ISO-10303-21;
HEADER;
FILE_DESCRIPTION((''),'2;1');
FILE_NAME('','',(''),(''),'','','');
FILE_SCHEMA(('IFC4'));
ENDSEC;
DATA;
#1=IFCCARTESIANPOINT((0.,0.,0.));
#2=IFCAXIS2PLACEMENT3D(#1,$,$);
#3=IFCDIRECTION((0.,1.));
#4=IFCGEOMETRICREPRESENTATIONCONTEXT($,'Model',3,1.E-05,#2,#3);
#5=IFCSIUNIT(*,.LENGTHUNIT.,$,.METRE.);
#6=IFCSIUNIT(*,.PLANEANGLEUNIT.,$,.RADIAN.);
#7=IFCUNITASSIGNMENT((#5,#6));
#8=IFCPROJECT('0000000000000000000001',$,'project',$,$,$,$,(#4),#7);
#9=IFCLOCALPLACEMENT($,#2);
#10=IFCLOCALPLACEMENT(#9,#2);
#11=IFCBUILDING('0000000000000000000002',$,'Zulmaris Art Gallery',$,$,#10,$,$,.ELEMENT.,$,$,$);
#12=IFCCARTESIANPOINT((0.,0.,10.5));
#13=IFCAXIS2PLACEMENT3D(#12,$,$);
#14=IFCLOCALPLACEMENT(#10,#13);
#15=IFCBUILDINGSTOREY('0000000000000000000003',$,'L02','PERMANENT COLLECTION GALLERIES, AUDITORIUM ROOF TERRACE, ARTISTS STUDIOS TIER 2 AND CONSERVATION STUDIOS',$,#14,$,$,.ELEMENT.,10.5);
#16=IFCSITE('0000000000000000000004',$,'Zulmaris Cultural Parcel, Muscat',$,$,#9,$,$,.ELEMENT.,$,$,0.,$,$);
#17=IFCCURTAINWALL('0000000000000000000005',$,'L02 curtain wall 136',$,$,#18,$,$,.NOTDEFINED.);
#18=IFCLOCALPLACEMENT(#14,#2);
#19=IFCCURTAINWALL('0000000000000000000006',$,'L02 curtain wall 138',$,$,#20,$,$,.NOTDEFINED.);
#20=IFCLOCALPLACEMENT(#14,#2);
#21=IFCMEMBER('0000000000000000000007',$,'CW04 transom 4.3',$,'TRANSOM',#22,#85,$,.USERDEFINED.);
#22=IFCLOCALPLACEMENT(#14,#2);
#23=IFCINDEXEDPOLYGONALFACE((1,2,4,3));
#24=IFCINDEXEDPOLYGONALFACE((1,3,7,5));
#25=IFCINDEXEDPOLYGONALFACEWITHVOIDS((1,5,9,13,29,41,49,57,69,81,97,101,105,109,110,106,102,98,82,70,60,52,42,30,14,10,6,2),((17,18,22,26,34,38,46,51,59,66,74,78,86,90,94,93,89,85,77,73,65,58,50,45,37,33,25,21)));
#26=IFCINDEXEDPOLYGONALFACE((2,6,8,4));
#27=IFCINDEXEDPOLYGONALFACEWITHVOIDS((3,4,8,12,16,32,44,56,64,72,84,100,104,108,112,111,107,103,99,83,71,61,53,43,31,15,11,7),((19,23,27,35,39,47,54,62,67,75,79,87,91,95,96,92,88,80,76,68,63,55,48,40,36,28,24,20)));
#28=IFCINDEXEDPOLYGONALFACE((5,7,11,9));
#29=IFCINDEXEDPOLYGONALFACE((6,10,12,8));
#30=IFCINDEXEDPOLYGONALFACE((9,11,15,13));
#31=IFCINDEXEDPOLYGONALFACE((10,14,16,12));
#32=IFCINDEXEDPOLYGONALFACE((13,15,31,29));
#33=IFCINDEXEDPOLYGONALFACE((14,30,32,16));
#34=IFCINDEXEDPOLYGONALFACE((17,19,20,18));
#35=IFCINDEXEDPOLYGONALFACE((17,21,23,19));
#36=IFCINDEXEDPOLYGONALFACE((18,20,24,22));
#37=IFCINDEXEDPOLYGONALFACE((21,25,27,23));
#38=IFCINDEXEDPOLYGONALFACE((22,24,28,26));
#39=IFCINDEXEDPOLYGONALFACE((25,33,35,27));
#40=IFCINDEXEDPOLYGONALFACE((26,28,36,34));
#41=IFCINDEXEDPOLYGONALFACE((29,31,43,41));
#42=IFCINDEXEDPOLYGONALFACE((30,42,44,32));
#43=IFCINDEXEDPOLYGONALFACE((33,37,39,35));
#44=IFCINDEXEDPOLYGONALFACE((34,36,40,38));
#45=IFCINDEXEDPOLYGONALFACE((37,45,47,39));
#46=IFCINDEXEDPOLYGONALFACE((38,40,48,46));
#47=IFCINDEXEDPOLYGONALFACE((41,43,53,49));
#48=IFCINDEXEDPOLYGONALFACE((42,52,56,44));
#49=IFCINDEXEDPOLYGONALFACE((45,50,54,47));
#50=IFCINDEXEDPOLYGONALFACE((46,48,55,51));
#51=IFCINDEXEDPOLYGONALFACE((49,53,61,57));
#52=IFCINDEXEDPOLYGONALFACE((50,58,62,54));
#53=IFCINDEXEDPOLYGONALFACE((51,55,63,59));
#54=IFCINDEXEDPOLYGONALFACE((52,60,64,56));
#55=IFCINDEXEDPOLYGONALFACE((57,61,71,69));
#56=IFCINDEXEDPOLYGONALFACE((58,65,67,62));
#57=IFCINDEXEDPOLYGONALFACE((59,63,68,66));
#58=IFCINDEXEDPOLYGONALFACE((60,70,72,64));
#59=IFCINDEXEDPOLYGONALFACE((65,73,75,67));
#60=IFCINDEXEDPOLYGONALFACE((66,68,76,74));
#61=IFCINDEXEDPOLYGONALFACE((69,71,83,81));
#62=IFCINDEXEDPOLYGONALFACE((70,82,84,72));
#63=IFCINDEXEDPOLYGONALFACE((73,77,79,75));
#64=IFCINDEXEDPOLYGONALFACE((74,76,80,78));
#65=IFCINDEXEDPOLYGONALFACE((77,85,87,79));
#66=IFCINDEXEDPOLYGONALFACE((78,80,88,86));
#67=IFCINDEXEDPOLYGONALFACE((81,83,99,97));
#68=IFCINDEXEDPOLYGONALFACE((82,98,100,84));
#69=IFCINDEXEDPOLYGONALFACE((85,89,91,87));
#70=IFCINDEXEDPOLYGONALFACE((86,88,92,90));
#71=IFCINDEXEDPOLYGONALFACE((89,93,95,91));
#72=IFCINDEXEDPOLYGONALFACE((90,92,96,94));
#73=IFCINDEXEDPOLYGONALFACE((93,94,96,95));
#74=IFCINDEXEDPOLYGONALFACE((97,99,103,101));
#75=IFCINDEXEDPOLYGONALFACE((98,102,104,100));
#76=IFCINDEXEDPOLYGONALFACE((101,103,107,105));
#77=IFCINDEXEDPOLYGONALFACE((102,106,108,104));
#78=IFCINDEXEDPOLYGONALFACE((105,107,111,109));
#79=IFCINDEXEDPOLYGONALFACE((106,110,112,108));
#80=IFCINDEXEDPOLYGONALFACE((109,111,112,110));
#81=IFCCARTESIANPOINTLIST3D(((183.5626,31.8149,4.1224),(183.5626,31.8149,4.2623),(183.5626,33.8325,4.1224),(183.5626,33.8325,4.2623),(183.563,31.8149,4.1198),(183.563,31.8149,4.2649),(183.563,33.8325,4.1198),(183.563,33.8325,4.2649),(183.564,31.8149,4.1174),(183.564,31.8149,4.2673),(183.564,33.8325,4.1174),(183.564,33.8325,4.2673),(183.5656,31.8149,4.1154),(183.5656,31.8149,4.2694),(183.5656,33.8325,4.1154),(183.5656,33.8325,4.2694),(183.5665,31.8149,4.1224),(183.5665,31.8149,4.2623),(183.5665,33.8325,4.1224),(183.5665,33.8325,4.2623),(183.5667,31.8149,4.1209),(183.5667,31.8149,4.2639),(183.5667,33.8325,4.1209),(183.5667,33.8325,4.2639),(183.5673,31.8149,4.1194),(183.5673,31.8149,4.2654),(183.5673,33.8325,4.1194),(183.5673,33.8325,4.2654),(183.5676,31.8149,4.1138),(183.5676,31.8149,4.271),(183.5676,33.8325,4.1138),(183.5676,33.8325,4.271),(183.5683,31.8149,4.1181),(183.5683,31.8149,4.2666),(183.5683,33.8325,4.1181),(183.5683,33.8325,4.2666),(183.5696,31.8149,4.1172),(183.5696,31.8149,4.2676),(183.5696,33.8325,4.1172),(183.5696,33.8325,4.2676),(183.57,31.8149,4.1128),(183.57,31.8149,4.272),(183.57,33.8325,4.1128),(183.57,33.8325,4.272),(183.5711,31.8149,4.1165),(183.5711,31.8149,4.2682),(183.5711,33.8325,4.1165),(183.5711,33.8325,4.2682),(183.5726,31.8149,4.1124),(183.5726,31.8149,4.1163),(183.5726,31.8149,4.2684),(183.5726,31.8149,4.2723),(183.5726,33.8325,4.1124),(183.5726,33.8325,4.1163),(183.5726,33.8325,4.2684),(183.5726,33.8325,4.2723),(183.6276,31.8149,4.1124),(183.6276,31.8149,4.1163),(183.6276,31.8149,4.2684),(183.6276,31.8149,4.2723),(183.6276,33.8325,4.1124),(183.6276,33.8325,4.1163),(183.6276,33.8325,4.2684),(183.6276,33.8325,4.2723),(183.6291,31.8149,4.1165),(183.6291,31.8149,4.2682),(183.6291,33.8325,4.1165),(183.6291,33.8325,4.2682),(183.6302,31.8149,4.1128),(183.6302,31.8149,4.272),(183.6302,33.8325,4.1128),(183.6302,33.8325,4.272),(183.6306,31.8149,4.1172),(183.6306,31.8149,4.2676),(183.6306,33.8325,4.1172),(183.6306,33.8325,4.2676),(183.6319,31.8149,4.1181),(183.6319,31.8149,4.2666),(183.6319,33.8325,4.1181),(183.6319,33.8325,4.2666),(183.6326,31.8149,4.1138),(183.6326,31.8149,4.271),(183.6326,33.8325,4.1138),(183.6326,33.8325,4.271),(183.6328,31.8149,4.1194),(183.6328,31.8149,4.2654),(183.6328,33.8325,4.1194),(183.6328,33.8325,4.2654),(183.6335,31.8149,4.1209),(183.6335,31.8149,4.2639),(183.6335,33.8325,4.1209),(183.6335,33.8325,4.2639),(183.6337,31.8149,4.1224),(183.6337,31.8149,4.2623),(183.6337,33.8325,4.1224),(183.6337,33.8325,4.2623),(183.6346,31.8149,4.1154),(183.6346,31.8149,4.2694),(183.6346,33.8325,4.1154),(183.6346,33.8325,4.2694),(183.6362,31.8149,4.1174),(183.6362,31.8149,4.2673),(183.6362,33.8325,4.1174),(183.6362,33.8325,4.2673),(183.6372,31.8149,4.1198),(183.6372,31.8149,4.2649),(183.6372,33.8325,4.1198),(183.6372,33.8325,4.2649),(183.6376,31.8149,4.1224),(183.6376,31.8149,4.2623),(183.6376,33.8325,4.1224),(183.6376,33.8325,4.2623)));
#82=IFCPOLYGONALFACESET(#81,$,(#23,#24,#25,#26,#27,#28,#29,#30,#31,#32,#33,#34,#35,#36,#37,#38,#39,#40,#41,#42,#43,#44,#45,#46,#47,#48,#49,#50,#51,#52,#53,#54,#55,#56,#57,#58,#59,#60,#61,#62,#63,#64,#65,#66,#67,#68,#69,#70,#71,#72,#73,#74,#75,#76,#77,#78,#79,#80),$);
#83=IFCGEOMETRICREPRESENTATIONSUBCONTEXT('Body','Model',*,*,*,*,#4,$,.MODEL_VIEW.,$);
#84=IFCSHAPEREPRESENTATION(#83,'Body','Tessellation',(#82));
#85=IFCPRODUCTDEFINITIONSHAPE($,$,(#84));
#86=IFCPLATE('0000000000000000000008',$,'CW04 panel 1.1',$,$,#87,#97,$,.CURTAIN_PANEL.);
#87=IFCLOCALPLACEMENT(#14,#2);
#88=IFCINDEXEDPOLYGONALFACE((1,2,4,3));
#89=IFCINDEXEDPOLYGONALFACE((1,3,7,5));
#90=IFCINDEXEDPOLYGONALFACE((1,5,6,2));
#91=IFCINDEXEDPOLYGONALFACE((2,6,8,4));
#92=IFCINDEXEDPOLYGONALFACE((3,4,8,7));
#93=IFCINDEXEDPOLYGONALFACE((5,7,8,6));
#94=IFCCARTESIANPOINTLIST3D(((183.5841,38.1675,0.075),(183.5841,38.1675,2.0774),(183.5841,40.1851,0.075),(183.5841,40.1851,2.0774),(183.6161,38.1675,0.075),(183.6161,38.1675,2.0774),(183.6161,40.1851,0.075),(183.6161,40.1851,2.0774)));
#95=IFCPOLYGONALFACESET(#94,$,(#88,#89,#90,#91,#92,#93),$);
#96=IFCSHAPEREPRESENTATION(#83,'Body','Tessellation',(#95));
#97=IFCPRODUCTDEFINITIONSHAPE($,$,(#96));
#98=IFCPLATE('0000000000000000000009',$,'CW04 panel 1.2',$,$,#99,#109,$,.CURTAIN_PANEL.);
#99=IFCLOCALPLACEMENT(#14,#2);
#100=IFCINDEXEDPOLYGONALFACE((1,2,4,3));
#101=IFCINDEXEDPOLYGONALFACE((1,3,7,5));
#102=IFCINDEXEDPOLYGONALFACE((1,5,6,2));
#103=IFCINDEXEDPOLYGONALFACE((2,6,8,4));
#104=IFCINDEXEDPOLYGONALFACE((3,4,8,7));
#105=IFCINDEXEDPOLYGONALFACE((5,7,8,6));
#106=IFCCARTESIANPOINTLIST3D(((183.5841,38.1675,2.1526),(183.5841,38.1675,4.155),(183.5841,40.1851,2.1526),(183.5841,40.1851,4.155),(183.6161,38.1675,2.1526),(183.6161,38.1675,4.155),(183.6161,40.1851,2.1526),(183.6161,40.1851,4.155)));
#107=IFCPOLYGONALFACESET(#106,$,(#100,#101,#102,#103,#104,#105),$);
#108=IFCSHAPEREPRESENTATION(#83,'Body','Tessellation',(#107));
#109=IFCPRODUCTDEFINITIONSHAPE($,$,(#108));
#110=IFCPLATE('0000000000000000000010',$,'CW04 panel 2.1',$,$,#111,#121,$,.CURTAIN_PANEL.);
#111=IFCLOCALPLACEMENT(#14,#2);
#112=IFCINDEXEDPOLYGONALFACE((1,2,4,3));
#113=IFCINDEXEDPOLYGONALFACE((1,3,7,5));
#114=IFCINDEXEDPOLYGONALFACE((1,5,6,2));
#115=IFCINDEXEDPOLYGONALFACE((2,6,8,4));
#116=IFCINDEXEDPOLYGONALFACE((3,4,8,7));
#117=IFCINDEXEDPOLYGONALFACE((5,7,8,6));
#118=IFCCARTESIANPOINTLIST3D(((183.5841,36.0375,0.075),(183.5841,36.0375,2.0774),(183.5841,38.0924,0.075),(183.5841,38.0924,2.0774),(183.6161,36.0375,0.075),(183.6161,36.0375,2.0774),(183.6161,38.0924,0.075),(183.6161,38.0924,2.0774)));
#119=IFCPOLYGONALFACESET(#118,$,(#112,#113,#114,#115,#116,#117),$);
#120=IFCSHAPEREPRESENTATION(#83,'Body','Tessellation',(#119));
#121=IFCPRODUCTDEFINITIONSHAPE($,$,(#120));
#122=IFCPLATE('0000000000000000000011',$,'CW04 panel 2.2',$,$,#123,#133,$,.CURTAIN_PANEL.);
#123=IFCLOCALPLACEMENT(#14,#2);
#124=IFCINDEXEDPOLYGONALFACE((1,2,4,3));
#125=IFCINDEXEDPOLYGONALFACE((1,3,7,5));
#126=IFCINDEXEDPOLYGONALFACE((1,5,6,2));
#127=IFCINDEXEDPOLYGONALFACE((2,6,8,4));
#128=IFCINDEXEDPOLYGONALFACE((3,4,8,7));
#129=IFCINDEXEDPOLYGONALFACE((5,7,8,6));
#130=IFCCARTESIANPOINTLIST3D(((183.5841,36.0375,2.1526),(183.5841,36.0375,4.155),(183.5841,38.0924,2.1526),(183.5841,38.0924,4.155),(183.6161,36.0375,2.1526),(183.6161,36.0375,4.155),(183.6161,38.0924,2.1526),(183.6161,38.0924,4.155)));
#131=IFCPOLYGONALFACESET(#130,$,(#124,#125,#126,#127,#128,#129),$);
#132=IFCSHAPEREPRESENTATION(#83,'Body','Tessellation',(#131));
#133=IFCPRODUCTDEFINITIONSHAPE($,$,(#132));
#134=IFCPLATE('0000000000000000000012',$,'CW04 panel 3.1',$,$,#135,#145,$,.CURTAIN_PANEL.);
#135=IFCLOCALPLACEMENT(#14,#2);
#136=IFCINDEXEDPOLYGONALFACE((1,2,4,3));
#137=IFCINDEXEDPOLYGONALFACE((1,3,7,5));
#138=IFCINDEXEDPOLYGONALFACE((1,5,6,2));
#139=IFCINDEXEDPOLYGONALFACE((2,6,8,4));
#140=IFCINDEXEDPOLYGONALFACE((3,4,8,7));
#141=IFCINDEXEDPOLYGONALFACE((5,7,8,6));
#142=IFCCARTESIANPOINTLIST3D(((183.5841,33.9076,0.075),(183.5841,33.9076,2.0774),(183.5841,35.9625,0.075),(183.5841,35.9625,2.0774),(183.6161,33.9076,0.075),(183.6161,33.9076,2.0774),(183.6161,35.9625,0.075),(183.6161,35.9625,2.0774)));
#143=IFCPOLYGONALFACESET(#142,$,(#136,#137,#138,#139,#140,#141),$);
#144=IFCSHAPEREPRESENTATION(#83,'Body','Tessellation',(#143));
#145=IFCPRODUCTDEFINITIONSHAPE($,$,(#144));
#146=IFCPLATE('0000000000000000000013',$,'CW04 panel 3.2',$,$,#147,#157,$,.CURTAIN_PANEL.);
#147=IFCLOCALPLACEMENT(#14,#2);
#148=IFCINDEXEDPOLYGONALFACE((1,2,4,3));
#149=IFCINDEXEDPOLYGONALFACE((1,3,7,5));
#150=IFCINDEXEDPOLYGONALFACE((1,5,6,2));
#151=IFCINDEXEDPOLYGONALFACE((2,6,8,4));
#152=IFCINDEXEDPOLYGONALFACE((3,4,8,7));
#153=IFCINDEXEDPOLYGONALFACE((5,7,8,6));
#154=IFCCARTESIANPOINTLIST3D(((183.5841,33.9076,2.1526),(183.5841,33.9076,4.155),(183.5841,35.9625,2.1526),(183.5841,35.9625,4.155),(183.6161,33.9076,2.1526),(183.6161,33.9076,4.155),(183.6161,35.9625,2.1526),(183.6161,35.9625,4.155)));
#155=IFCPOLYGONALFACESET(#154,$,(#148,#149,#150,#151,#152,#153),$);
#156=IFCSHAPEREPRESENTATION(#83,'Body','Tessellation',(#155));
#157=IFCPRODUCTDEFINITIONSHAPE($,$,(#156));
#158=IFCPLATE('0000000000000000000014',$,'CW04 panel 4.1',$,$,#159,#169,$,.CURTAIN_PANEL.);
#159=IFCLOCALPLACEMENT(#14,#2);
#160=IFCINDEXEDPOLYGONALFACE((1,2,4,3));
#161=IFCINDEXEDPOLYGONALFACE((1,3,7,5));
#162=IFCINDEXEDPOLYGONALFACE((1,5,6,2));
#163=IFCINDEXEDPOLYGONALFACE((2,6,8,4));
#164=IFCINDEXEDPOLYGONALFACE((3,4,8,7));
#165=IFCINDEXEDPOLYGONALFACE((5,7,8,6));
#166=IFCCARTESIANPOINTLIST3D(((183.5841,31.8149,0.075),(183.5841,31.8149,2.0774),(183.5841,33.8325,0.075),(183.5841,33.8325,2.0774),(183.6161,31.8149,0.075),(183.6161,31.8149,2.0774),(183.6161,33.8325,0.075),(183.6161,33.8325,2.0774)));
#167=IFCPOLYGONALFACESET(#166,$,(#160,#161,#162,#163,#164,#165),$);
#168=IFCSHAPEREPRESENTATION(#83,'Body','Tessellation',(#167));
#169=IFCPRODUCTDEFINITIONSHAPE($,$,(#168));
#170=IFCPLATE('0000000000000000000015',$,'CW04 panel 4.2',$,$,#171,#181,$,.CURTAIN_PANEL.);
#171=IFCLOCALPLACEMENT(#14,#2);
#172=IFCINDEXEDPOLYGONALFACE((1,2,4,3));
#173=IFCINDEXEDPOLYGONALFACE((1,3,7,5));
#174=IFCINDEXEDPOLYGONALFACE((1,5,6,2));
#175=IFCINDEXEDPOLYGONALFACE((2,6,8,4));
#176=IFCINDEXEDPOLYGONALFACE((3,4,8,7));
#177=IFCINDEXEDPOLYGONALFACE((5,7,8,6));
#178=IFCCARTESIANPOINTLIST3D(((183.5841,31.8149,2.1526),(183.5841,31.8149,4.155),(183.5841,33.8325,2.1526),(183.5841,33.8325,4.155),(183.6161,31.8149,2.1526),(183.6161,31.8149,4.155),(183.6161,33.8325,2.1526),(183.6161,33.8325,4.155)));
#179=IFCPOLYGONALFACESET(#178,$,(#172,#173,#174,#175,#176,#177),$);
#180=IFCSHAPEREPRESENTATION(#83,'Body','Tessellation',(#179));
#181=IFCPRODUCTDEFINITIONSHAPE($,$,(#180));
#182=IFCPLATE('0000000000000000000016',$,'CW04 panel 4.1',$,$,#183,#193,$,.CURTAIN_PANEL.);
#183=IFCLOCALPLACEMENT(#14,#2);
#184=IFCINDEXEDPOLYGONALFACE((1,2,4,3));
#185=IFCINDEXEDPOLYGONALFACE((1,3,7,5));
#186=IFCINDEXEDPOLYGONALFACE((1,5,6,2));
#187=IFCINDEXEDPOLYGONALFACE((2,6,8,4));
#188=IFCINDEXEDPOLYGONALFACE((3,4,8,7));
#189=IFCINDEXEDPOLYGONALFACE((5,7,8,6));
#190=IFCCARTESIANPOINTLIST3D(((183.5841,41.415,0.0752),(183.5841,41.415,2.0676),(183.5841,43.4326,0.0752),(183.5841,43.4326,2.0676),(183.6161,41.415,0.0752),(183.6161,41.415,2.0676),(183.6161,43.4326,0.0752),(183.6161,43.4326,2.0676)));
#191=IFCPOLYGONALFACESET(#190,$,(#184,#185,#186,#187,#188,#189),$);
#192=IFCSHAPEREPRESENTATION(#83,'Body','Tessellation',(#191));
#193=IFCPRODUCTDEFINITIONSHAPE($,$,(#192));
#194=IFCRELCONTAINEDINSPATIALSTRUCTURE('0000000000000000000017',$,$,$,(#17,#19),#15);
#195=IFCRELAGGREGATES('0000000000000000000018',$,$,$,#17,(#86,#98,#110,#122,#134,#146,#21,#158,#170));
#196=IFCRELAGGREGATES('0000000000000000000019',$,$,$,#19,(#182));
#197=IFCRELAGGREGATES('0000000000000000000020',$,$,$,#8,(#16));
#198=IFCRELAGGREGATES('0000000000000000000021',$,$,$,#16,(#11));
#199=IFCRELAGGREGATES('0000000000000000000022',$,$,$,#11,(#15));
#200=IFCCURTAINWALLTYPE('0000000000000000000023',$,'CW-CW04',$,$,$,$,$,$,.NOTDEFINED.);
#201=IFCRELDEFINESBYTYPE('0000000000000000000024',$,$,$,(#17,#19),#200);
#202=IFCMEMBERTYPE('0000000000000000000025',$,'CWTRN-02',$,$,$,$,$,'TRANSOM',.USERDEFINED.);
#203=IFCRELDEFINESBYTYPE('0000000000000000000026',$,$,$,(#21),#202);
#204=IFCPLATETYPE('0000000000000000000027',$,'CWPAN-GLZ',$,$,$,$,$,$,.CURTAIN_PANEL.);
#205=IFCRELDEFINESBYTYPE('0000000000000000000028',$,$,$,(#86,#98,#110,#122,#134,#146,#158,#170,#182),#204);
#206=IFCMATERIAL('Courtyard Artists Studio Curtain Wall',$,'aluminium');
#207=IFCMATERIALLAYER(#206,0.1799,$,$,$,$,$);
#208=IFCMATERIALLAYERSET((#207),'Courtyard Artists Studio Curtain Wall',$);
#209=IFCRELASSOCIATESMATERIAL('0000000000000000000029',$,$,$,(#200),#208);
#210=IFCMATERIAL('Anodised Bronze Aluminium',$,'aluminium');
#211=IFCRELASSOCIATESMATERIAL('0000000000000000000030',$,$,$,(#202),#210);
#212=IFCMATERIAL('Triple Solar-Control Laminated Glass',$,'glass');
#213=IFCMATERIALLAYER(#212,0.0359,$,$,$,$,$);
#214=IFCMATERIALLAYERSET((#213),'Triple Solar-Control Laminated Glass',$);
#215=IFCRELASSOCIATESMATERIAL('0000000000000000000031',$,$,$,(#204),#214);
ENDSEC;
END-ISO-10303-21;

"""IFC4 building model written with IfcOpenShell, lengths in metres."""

from ifc_helpers import new_model, si_unit, direction, frame, origin, origin_2d, place, context, subcontext, project, spatial, rectangle, hollow_rectangle, extrude, material, layer, layer_set, material_profile, profile_set, type_object, element, aggregate, save


model = new_model("IFC4")

# Units and contexts
model_context = context("Model", 3, precision=1e-05, world=origin(), true_north=direction((0.0, 1.0)))
body_context = subcontext(model_context, "Body", "Model", "MODEL_VIEW")
ifc_project = project(units=[si_unit("LENGTHUNIT", "METRE"), si_unit("PLANEANGLEUNIT", "RADIAN")], contexts=[model_context])

# Site, building, storey
site_placement = place(None, origin())
site = spatial("IfcSite", under=ifc_project, at=site_placement, Name="Zulmaris Cultural Parcel, Muscat", CompositionType="ELEMENT", RefElevation=0.0)
building_placement = place(site_placement, origin())
building = spatial("IfcBuilding", under=site, at=building_placement, Name="Zulmaris Art Gallery", CompositionType="ELEMENT")
storey_placement = place(building_placement, frame((0.0, 0.0, 10.5)))
storey = spatial("IfcBuildingStorey", under=building, at=storey_placement, Name="L02", Description="PERMANENT COLLECTION GALLERIES, AUDITORIUM ROOF TERRACE, ARTISTS STUDIOS TIER 2 AND CONSERVATION STUDIOS", CompositionType="ELEMENT", Elevation=10.5)

# Curtain wall
ifc_material_1 = material(Name="Courtyard Artists Studio Curtain Wall", Category="aluminium")
ifc_layer_1 = layer(ifc_material_1, 0.1799)
ifc_layer_set_1 = layer_set([ifc_layer_1], Name="Courtyard Artists Studio Curtain Wall")
curtain_wall_type = type_object("IfcCurtainWallType", Name="CW-CW04", PredefinedType="NOTDEFINED", material=ifc_layer_set_1)
curtain_wall_1_placement = place(storey_placement, origin())
curtain_wall_1 = element("IfcCurtainWall", 1, at=curtain_wall_1_placement, inside=storey, type_object=curtain_wall_type, Name="L02 curtain wall 136", PredefinedType="NOTDEFINED")
ifc_material_2 = material(Name="Anodised Bronze Aluminium", Category="aluminium")

# Curtain wall
curtain_wall_2_placement = place(storey_placement, origin())
curtain_wall_2 = element("IfcCurtainWall", 2, at=curtain_wall_2_placement, inside=storey, type_object=curtain_wall_type, Name="L02 curtain wall 138", PredefinedType="NOTDEFINED")

# Member
ifc_material_profile_1 = material_profile(ifc_material_2, hollow_rectangle(XDim=0.075, YDim=0.1599, WallThickness=0.0039, InnerFilletRadius=0.0061, OuterFilletRadius=0.01, at=origin_2d()), Name="ALU 75x160x4")
ifc_profile_set_1 = profile_set([ifc_material_profile_1], Name="Anodised Bronze Aluminium")
member_type_1 = type_object("IfcMemberType", Name="CWTRN-02", ElementType="TRANSOM", PredefinedType="USERDEFINED", material=ifc_profile_set_1)
member_1_placement = place(storey_placement, frame((183.6001, 33.8325, 4.1924), z_axis=(0.0, -1.0, 0.0), x_axis=(1.0, 0.0, 0.0)))
member_1 = element("IfcMember", 3, at=member_1_placement, type_object=member_type_1, Name="CW04 transom 4.3", ObjectType="TRANSOM", PredefinedType="USERDEFINED", context=body_context, shape_type="SweptSolid", body=[
    extrude(hollow_rectangle(XDim=0.075, YDim=0.1599, WallThickness=0.0039, InnerFilletRadius=0.0061, OuterFilletRadius=0.01, at=origin_2d()), origin(), (0.0, 0.0, 1.0), 2.0176),
])

# Plates
ifc_material_3 = material(Name="Triple Solar-Control Laminated Glass", Category="glass")
ifc_layer_2 = layer(ifc_material_3, 0.0359)
ifc_layer_set_2 = layer_set([ifc_layer_2], Name="Triple Solar-Control Laminated Glass")
plate_type = type_object("IfcPlateType", Name="CWPAN-GLZ", PredefinedType="CURTAIN_PANEL", material=ifc_layer_set_2)
plate_1_placement = place(storey_placement, frame((183.6001, 39.1763, 0.075), z_axis=(0.0, 0.0, 1.0), x_axis=(0.0, -1.0, 0.0)))
plate_1 = element("IfcPlate", 4, at=plate_1_placement, type_object=plate_type, Name="CW04 panel 1.1", PredefinedType="CURTAIN_PANEL", context=body_context, shape_type="SweptSolid", body=[
    extrude(rectangle(XDim=2.0176, YDim=0.032, at=origin_2d()), origin(), (0.0, 0.0, 1.0), 2.0024),
])
plate_2_placement = place(storey_placement, frame((183.6001, 39.1763, 2.1526), z_axis=(0.0, 0.0, 1.0), x_axis=(0.0, -1.0, 0.0)))
plate_2 = element("IfcPlate", 5, at=plate_2_placement, type_object=plate_type, Name="CW04 panel 1.2", PredefinedType="CURTAIN_PANEL", context=body_context, shape_type="SweptSolid", body=[
    extrude(rectangle(XDim=2.0176, YDim=0.032, at=origin_2d()), origin(), (0.0, 0.0, 1.0), 2.0024),
])
plate_3_placement = place(storey_placement, frame((183.6001, 37.0649, 0.075), z_axis=(0.0, 0.0, 1.0), x_axis=(0.0, -1.0, 0.0)))
plate_3 = element("IfcPlate", 6, at=plate_3_placement, type_object=plate_type, Name="CW04 panel 2.1", PredefinedType="CURTAIN_PANEL", context=body_context, shape_type="SweptSolid", body=[
    extrude(rectangle(XDim=2.0549, YDim=0.032, at=origin_2d()), origin(), (0.0, 0.0, 1.0), 2.0024),
])
plate_4_placement = place(storey_placement, frame((183.6001, 37.0649, 2.1526), z_axis=(0.0, 0.0, 1.0), x_axis=(0.0, -1.0, 0.0)))
plate_4 = element("IfcPlate", 7, at=plate_4_placement, type_object=plate_type, Name="CW04 panel 2.2", PredefinedType="CURTAIN_PANEL", context=body_context, shape_type="SweptSolid", body=[
    extrude(rectangle(XDim=2.0549, YDim=0.032, at=origin_2d()), origin(), (0.0, 0.0, 1.0), 2.0024),
])
plate_5_placement = place(storey_placement, frame((183.6001, 34.9351, 0.075), z_axis=(0.0, 0.0, 1.0), x_axis=(0.0, -1.0, 0.0)))
plate_5 = element("IfcPlate", 8, at=plate_5_placement, type_object=plate_type, Name="CW04 panel 3.1", PredefinedType="CURTAIN_PANEL", context=body_context, shape_type="SweptSolid", body=[
    extrude(rectangle(XDim=2.0549, YDim=0.032, at=origin_2d()), origin(), (0.0, 0.0, 1.0), 2.0024),
])
plate_6_placement = place(storey_placement, frame((183.6001, 34.9351, 2.1526), z_axis=(0.0, 0.0, 1.0), x_axis=(0.0, -1.0, 0.0)))
plate_6 = element("IfcPlate", 9, at=plate_6_placement, type_object=plate_type, Name="CW04 panel 3.2", PredefinedType="CURTAIN_PANEL", context=body_context, shape_type="SweptSolid", body=[
    extrude(rectangle(XDim=2.0549, YDim=0.032, at=origin_2d()), origin(), (0.0, 0.0, 1.0), 2.0024),
])
plate_7_placement = place(storey_placement, frame((183.6001, 32.8237, 0.075), z_axis=(0.0, 0.0, 1.0), x_axis=(0.0, -1.0, 0.0)))
plate_7 = element("IfcPlate", 10, at=plate_7_placement, type_object=plate_type, Name="CW04 panel 4.1", PredefinedType="CURTAIN_PANEL", context=body_context, shape_type="SweptSolid", body=[
    extrude(rectangle(XDim=2.0176, YDim=0.032, at=origin_2d()), origin(), (0.0, 0.0, 1.0), 2.0024),
])
plate_8_placement = place(storey_placement, frame((183.6001, 32.8237, 2.1526), z_axis=(0.0, 0.0, 1.0), x_axis=(0.0, -1.0, 0.0)))
plate_8 = element("IfcPlate", 11, at=plate_8_placement, type_object=plate_type, Name="CW04 panel 4.2", PredefinedType="CURTAIN_PANEL", context=body_context, shape_type="SweptSolid", body=[
    extrude(rectangle(XDim=2.0176, YDim=0.032, at=origin_2d()), origin(), (0.0, 0.0, 1.0), 2.0024),
])
aggregate(curtain_wall_1, [plate_1, plate_2, plate_3, plate_4, plate_5, plate_6, member_1, plate_7, plate_8])
plate_9_placement = place(storey_placement, frame((183.6001, 42.4238, 0.0752), z_axis=(0.0, 0.0, 1.0), x_axis=(0.0, -1.0, 0.0)))
plate_9 = element("IfcPlate", 12, at=plate_9_placement, type_object=plate_type, Name="CW04 panel 4.1", PredefinedType="CURTAIN_PANEL", context=body_context, shape_type="SweptSolid", body=[
    extrude(rectangle(XDim=2.0176, YDim=0.032, at=origin_2d()), origin(), (0.0, 0.0, 1.0), 1.9924),
])
aggregate(curtain_wall_2, [plate_9])

save(model, "model.ifc")
